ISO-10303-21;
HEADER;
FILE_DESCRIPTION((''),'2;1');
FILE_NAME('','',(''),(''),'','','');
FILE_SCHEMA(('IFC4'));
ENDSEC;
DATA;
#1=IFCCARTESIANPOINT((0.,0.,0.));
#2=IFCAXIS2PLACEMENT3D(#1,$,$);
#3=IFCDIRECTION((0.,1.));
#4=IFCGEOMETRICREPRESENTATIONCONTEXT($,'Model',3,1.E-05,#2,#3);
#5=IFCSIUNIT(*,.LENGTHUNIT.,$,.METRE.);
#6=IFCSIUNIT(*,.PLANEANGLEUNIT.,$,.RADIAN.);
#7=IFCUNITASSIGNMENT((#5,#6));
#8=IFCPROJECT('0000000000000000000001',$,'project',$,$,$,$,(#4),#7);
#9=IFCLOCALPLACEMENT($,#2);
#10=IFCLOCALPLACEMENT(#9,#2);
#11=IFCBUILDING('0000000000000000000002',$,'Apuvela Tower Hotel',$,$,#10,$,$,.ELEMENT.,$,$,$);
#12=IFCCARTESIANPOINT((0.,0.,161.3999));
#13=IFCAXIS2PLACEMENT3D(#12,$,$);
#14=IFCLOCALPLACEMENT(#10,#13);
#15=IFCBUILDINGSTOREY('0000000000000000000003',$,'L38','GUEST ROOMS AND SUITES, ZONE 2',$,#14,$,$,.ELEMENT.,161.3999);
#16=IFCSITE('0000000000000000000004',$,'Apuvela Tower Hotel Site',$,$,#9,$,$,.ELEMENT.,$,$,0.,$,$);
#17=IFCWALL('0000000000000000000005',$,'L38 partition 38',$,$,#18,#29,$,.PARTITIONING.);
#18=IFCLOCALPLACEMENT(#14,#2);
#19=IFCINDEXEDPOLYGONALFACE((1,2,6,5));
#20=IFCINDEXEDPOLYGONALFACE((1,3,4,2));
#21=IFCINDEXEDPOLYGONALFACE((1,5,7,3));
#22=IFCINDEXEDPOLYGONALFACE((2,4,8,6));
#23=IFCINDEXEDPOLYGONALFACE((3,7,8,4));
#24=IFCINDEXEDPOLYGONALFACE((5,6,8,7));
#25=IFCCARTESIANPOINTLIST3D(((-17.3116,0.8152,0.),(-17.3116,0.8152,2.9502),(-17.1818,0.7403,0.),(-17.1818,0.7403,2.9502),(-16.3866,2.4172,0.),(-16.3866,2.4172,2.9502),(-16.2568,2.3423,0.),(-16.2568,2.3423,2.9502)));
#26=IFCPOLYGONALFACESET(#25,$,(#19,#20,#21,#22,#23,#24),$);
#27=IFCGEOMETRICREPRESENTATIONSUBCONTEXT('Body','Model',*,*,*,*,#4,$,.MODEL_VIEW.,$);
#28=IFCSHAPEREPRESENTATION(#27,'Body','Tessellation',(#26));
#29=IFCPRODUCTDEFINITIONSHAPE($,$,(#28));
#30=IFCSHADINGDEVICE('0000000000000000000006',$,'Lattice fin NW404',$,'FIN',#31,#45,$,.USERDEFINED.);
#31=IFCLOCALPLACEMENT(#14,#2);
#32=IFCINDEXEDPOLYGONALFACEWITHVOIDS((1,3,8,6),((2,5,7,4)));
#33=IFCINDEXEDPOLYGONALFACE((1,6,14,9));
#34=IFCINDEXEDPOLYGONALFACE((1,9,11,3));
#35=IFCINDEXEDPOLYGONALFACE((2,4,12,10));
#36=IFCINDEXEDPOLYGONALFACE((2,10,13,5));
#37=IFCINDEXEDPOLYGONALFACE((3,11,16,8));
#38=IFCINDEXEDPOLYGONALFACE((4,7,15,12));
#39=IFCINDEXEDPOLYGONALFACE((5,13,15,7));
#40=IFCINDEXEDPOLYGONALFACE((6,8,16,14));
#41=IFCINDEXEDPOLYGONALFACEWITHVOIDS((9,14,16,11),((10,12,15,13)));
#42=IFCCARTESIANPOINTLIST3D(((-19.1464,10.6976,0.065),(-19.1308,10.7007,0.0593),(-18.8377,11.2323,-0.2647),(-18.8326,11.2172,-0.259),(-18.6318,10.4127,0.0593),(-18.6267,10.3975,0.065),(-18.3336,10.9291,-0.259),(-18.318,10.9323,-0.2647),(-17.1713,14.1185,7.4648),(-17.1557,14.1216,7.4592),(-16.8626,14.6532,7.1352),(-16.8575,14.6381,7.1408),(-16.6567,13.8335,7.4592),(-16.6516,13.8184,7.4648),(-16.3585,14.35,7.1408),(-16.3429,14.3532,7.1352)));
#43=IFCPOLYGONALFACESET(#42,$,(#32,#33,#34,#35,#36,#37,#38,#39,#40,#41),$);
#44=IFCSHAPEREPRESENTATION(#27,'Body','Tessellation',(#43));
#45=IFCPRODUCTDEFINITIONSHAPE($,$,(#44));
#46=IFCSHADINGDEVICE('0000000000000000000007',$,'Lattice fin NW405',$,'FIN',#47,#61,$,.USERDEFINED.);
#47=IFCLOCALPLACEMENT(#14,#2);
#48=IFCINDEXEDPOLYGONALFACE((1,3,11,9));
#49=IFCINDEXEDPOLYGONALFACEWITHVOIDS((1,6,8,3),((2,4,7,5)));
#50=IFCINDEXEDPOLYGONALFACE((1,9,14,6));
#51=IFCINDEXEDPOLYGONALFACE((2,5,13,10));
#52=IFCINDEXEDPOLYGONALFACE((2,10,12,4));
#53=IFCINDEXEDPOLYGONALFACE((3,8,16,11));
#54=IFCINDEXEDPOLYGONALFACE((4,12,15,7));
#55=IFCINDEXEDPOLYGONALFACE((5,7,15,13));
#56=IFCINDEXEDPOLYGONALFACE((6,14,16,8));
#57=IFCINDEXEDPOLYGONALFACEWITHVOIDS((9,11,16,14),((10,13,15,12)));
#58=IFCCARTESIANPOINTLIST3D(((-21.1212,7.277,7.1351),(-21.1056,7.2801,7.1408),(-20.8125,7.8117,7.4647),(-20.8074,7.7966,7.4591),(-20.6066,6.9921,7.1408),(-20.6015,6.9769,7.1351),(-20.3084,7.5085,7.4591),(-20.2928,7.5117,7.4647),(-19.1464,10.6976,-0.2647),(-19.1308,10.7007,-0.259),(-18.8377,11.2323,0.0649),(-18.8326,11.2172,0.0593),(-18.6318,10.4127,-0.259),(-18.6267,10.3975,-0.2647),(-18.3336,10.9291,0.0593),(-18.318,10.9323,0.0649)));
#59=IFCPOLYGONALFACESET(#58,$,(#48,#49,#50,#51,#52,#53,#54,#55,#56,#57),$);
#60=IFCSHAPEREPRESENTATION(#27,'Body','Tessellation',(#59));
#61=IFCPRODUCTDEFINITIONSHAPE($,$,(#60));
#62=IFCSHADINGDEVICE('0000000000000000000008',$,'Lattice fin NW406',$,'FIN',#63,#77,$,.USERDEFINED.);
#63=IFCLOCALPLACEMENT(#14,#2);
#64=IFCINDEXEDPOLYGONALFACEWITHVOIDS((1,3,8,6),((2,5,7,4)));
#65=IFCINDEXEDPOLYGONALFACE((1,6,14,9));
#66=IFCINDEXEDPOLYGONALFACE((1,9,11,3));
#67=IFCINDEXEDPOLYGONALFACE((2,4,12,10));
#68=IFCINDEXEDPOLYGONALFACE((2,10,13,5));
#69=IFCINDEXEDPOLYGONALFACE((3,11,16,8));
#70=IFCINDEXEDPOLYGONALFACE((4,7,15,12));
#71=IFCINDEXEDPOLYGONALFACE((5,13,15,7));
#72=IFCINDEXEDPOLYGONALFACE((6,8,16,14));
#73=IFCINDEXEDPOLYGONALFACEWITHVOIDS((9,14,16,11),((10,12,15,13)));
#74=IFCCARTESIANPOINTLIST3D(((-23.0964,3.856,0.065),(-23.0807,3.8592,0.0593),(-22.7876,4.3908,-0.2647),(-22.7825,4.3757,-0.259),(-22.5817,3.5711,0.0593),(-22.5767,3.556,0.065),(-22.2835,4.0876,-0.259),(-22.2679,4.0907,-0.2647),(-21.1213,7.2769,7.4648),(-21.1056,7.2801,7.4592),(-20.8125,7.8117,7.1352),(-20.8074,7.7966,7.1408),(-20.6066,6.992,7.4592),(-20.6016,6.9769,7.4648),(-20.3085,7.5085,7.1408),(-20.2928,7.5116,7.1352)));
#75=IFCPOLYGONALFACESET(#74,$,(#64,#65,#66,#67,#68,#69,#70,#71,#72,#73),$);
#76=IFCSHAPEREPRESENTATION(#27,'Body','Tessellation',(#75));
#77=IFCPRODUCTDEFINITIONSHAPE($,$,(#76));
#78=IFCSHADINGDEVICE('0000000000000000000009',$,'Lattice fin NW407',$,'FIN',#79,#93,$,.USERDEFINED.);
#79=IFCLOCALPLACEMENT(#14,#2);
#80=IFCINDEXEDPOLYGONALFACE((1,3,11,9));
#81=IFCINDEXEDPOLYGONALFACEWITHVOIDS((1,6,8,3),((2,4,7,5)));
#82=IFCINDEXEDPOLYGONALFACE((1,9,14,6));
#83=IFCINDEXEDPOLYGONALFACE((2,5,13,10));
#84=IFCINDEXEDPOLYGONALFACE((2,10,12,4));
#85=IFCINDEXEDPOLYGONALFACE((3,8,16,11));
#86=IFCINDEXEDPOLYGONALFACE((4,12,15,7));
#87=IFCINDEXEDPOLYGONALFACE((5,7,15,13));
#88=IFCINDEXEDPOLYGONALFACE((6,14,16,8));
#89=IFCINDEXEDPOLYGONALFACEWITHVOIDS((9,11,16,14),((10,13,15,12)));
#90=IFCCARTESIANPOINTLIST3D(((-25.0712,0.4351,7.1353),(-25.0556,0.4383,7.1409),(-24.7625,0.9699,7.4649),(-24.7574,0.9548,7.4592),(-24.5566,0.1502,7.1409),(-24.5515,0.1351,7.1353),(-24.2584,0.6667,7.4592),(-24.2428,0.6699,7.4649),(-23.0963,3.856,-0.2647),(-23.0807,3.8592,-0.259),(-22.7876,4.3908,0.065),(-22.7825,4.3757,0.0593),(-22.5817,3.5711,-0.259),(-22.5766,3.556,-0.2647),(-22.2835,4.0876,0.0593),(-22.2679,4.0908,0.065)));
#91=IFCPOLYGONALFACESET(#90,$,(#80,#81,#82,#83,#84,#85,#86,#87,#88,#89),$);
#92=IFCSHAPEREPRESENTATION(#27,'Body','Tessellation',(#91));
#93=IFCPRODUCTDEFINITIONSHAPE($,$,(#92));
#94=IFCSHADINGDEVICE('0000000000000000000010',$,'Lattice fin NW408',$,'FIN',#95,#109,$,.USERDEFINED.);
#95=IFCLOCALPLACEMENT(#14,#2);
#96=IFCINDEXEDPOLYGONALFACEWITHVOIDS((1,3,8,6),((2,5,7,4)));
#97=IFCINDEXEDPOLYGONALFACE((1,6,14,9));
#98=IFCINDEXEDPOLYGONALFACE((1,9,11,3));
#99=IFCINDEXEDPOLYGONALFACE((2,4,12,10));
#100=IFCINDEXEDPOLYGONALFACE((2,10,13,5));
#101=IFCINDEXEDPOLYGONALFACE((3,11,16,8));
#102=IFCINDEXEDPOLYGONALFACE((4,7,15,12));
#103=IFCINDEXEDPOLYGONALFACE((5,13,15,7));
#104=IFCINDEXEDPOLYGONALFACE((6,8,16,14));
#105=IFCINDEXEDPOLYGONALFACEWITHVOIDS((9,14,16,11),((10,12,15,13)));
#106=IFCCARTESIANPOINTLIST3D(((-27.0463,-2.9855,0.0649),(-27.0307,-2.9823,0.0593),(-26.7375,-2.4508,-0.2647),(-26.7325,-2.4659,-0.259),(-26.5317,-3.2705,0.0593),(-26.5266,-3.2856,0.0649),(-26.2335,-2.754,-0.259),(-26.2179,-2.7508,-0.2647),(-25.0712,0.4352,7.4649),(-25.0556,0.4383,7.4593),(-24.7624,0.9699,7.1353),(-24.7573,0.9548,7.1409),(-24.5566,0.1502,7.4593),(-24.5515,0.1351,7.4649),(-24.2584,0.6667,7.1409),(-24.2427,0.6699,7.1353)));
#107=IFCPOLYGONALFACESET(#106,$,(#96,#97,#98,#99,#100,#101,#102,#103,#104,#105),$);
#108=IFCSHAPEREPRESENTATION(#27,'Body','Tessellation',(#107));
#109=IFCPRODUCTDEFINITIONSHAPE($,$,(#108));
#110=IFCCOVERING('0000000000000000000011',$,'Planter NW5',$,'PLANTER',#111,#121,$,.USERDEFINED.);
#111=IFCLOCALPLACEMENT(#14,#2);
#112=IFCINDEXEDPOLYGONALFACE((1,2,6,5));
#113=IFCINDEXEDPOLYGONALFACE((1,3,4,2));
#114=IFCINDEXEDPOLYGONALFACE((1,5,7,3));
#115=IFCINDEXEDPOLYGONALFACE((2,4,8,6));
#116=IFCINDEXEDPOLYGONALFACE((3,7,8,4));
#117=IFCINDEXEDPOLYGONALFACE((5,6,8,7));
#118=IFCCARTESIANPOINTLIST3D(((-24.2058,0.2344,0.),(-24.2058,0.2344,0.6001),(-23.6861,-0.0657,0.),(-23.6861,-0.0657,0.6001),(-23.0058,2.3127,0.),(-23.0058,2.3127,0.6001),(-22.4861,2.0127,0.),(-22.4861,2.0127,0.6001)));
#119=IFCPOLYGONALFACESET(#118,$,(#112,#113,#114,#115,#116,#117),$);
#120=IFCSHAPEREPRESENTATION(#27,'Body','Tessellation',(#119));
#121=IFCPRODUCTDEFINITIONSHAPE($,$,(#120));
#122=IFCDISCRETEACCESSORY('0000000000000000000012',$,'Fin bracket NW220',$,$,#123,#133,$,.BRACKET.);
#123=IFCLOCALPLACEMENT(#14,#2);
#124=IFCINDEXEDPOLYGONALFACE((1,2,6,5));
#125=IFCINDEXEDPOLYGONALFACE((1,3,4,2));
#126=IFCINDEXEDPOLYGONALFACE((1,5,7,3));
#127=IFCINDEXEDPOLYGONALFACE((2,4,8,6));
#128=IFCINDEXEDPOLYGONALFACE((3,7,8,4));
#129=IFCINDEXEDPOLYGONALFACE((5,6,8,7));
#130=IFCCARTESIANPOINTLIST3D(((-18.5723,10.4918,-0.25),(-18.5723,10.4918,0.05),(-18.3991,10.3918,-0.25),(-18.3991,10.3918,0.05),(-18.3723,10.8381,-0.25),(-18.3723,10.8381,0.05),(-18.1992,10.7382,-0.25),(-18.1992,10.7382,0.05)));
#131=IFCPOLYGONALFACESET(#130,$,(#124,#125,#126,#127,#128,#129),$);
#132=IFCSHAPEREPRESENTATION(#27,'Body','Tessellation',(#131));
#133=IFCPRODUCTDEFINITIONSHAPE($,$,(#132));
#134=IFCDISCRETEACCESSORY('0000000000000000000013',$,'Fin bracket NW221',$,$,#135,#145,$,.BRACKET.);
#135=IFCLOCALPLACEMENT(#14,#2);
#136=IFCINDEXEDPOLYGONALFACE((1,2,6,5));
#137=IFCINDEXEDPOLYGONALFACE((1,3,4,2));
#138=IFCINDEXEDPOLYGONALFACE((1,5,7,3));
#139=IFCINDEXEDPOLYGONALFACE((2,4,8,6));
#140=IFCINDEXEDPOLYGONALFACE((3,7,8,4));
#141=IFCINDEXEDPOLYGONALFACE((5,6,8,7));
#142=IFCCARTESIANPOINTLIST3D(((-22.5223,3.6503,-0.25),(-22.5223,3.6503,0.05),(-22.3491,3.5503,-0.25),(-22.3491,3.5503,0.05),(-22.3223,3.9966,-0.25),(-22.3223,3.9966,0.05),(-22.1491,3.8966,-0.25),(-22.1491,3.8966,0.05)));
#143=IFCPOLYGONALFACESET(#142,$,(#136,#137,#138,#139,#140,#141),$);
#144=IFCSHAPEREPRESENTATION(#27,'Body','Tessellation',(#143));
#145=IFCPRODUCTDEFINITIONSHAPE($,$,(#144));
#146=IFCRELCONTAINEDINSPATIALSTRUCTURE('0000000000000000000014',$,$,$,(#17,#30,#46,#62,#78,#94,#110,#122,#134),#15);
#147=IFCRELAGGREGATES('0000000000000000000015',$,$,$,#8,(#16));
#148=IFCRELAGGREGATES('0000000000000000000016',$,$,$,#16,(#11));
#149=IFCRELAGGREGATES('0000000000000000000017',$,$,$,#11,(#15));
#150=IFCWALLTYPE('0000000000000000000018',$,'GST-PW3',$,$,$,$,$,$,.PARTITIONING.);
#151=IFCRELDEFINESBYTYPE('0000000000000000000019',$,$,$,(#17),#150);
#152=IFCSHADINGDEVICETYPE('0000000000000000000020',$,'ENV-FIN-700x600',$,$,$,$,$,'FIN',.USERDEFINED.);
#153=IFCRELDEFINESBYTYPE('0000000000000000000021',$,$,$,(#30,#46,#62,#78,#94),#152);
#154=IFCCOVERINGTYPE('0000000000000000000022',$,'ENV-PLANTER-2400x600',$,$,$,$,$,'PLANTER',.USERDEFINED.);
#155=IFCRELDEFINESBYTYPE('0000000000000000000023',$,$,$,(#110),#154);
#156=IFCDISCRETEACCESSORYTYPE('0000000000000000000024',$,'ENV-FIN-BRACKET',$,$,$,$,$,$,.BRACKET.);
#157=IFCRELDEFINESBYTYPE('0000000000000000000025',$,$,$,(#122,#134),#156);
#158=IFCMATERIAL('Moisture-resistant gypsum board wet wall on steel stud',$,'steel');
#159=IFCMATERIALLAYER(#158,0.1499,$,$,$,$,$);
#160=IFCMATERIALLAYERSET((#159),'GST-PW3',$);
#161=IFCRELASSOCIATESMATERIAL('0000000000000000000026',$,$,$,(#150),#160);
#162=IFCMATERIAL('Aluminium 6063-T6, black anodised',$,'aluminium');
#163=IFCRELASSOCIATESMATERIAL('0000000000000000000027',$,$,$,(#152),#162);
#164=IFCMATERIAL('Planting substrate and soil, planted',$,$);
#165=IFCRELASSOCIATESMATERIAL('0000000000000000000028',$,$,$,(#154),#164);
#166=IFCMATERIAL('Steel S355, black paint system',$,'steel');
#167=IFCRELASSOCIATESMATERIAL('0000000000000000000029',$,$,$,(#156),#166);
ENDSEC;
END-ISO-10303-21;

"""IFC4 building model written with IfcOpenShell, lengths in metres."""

from ifc_helpers import new_model, si_unit, direction, frame, frame_2d, origin, origin_2d, place, context, subcontext, project, spatial, rectangle, hollow_rectangle, extrude, material, layer, layer_set, material_profile, profile_set, type_object, element, save


model = new_model("IFC4")

# Units and contexts
model_context = context("Model", 3, precision=1e-05, world=origin(), true_north=direction((0.0, 1.0)))
body_context = subcontext(model_context, "Body", "Model", "MODEL_VIEW")
ifc_project = project(units=[si_unit("LENGTHUNIT", "METRE"), si_unit("PLANEANGLEUNIT", "RADIAN")], contexts=[model_context])

# Site, building, storey
site_placement = place(None, origin())
site = spatial("IfcSite", under=ifc_project, at=site_placement, Name="Apuvela Tower Hotel Site", CompositionType="ELEMENT", RefElevation=0.0)
building_placement = place(site_placement, origin())
building = spatial("IfcBuilding", under=site, at=building_placement, Name="Apuvela Tower Hotel", CompositionType="ELEMENT")
storey_placement = place(building_placement, frame((0.0, 0.0, 161.3999)))
storey = spatial("IfcBuildingStorey", under=building, at=storey_placement, Name="L38", Description="GUEST ROOMS AND SUITES, ZONE 2", CompositionType="ELEMENT", Elevation=161.3999)

# Shared definitions
ifc_material_1 = material(Name="Moisture-resistant gypsum board wet wall on steel stud", Category="steel")
ifc_layer_1 = layer(ifc_material_1, 0.1499)
ifc_layer_set_1 = layer_set([ifc_layer_1], Name="GST-PW3")
wall_type_1 = type_object("IfcWallType", Name="GST-PW3", PredefinedType="PARTITIONING", material=ifc_layer_set_1)

# Wall
wall_1_placement = place(storey_placement, frame((-16.3218, 2.3796, 0.0), z_axis=(0.0, 0.0, 1.0), x_axis=(-0.500042, -0.866001, 0.0)))
element("IfcWall", 1, at=wall_1_placement, inside=storey, type_object=wall_type_1, Name="L38 partition 38", PredefinedType="PARTITIONING", context=body_context, shape_type="SweptSolid", body=[
    extrude(rectangle(XDim=1.8499, YDim=0.1499, at=frame_2d((0.9248, 0.0))), origin(), (0.0, 0.0, 1.0), 2.9502),
])

# Shading devices
ifc_material_2 = material(Name="Aluminium 6063-T6, black anodised", Category="aluminium")
ifc_material_profile_1 = material_profile(ifc_material_2, hollow_rectangle(XDim=0.6001, YDim=0.7, WallThickness=0.012, at=origin_2d()), Name="AL BOX 700x600x12")
ifc_profile_set_1 = profile_set([ifc_material_profile_1], Name="Aluminium 6063-T6, black anodised")
shading_device_type = type_object("IfcShadingDeviceType", Name="ENV-FIN-700x600", ElementType="FIN", PredefinedType="USERDEFINED", material=ifc_profile_set_1)
shading_device_1_placement = place(storey_placement, frame((-18.7322, 10.8149, -0.0999), z_axis=(0.235461, 0.407822, 0.882179), x_axis=(-0.866021, 0.500008, 0.0)))
element("IfcShadingDevice", 2, at=shading_device_1_placement, inside=storey, type_object=shading_device_type, Name="Lattice fin NW404", ObjectType="FIN", PredefinedType="USERDEFINED", context=body_context, shape_type="SweptSolid", body=[
    extrude(hollow_rectangle(XDim=0.6001, YDim=0.7, WallThickness=0.012, at=origin_2d()), origin(), (0.0, 0.0, 1.0), 8.3882),
])
shading_device_2_placement = place(storey_placement, frame((-18.7322, 10.8149, -0.0999), z_axis=(-0.235436, -0.407801, 0.882195), x_axis=(0.866032, -0.499988, 0.0)))
element("IfcShadingDevice", 3, at=shading_device_2_placement, inside=storey, type_object=shading_device_type, Name="Lattice fin NW405", ObjectType="FIN", PredefinedType="USERDEFINED", context=body_context, shape_type="SweptSolid", body=[
    extrude(hollow_rectangle(XDim=0.6001, YDim=0.7, WallThickness=0.012, at=origin_2d()), origin(), (0.0, 0.0, 1.0), 8.3879),
])
for number, where, z_axis, x_axis, name in (
    (4, (-22.6821, 3.9734, -0.0999), (0.235461, 0.407822, 0.882179), (-0.866021, 0.500008, 0.0), "Lattice fin NW406"),
    (5, (-22.6821, 3.9734, -0.0999), (-0.235434, -0.407825, 0.882185), (0.866048, -0.499961, 0.0), "Lattice fin NW407"),
    (6, (-26.6321, -2.8682, -0.0999), (0.235464, 0.407798, 0.882189), (-0.866005, 0.500035, 0.0), "Lattice fin NW408"),
):
    element("IfcShadingDevice", number, at=place(storey_placement, frame(where, z_axis=z_axis, x_axis=x_axis)), inside=storey, type_object=shading_device_type, Name=name, ObjectType="FIN", PredefinedType="USERDEFINED", context=body_context, shape_type="SweptSolid", body=[
        extrude(hollow_rectangle(XDim=0.6001, YDim=0.7, WallThickness=0.012, at=origin_2d()), origin(), (0.0, 0.0, 1.0), 8.3882),
    ])

# Covering
ifc_material_3 = material(Name="Planting substrate and soil, planted")
covering_type = type_object("IfcCoveringType", Name="ENV-PLANTER-2400x600", ElementType="PLANTER", PredefinedType="USERDEFINED", material=ifc_material_3)
covering_placement = place(storey_placement, frame((-23.3459, 1.1235, 0.0), z_axis=(0.0, 0.0, 1.0), x_axis=(-0.5, -0.866025, 0.0)))
element("IfcCovering", 7, at=covering_placement, inside=storey, type_object=covering_type, Name="Planter NW5", ObjectType="PLANTER", PredefinedType="USERDEFINED", context=body_context, shape_type="SweptSolid", body=[
    extrude(rectangle(XDim=2.3999, YDim=0.6001, at=origin_2d()), origin(), (0.0, 0.0, 1.0), 0.6001),
])

# Discrete accessories
ifc_material_4 = material(Name="Steel S355, black paint system", Category="steel")
discrete_accessory_type = type_object("IfcDiscreteAccessoryType", Name="ENV-FIN-BRACKET", PredefinedType="BRACKET", material=ifc_material_4)
for number, where, z_axis, x_axis, name in (
    (8, (-18.3857, 10.615, -0.25), (0.0, 0.0, 1.0), (-0.5, -0.866025, 0.0), "Fin bracket NW220"),
    (9, (-22.3357, 3.7734, -0.25), (0.0, 0.0, 1.0), (-0.5, -0.866025, 0.0), "Fin bracket NW221"),
):
    element("IfcDiscreteAccessory", number, at=place(storey_placement, frame(where, z_axis=z_axis, x_axis=x_axis)), inside=storey, type_object=discrete_accessory_type, Name=name, PredefinedType="BRACKET", context=body_context, shape_type="SweptSolid", body=[
        extrude(rectangle(XDim=0.3999, YDim=0.2, at=origin_2d()), origin(), (0.0, 0.0, 1.0), 0.3),
    ])

save(model, "model.ifc")
